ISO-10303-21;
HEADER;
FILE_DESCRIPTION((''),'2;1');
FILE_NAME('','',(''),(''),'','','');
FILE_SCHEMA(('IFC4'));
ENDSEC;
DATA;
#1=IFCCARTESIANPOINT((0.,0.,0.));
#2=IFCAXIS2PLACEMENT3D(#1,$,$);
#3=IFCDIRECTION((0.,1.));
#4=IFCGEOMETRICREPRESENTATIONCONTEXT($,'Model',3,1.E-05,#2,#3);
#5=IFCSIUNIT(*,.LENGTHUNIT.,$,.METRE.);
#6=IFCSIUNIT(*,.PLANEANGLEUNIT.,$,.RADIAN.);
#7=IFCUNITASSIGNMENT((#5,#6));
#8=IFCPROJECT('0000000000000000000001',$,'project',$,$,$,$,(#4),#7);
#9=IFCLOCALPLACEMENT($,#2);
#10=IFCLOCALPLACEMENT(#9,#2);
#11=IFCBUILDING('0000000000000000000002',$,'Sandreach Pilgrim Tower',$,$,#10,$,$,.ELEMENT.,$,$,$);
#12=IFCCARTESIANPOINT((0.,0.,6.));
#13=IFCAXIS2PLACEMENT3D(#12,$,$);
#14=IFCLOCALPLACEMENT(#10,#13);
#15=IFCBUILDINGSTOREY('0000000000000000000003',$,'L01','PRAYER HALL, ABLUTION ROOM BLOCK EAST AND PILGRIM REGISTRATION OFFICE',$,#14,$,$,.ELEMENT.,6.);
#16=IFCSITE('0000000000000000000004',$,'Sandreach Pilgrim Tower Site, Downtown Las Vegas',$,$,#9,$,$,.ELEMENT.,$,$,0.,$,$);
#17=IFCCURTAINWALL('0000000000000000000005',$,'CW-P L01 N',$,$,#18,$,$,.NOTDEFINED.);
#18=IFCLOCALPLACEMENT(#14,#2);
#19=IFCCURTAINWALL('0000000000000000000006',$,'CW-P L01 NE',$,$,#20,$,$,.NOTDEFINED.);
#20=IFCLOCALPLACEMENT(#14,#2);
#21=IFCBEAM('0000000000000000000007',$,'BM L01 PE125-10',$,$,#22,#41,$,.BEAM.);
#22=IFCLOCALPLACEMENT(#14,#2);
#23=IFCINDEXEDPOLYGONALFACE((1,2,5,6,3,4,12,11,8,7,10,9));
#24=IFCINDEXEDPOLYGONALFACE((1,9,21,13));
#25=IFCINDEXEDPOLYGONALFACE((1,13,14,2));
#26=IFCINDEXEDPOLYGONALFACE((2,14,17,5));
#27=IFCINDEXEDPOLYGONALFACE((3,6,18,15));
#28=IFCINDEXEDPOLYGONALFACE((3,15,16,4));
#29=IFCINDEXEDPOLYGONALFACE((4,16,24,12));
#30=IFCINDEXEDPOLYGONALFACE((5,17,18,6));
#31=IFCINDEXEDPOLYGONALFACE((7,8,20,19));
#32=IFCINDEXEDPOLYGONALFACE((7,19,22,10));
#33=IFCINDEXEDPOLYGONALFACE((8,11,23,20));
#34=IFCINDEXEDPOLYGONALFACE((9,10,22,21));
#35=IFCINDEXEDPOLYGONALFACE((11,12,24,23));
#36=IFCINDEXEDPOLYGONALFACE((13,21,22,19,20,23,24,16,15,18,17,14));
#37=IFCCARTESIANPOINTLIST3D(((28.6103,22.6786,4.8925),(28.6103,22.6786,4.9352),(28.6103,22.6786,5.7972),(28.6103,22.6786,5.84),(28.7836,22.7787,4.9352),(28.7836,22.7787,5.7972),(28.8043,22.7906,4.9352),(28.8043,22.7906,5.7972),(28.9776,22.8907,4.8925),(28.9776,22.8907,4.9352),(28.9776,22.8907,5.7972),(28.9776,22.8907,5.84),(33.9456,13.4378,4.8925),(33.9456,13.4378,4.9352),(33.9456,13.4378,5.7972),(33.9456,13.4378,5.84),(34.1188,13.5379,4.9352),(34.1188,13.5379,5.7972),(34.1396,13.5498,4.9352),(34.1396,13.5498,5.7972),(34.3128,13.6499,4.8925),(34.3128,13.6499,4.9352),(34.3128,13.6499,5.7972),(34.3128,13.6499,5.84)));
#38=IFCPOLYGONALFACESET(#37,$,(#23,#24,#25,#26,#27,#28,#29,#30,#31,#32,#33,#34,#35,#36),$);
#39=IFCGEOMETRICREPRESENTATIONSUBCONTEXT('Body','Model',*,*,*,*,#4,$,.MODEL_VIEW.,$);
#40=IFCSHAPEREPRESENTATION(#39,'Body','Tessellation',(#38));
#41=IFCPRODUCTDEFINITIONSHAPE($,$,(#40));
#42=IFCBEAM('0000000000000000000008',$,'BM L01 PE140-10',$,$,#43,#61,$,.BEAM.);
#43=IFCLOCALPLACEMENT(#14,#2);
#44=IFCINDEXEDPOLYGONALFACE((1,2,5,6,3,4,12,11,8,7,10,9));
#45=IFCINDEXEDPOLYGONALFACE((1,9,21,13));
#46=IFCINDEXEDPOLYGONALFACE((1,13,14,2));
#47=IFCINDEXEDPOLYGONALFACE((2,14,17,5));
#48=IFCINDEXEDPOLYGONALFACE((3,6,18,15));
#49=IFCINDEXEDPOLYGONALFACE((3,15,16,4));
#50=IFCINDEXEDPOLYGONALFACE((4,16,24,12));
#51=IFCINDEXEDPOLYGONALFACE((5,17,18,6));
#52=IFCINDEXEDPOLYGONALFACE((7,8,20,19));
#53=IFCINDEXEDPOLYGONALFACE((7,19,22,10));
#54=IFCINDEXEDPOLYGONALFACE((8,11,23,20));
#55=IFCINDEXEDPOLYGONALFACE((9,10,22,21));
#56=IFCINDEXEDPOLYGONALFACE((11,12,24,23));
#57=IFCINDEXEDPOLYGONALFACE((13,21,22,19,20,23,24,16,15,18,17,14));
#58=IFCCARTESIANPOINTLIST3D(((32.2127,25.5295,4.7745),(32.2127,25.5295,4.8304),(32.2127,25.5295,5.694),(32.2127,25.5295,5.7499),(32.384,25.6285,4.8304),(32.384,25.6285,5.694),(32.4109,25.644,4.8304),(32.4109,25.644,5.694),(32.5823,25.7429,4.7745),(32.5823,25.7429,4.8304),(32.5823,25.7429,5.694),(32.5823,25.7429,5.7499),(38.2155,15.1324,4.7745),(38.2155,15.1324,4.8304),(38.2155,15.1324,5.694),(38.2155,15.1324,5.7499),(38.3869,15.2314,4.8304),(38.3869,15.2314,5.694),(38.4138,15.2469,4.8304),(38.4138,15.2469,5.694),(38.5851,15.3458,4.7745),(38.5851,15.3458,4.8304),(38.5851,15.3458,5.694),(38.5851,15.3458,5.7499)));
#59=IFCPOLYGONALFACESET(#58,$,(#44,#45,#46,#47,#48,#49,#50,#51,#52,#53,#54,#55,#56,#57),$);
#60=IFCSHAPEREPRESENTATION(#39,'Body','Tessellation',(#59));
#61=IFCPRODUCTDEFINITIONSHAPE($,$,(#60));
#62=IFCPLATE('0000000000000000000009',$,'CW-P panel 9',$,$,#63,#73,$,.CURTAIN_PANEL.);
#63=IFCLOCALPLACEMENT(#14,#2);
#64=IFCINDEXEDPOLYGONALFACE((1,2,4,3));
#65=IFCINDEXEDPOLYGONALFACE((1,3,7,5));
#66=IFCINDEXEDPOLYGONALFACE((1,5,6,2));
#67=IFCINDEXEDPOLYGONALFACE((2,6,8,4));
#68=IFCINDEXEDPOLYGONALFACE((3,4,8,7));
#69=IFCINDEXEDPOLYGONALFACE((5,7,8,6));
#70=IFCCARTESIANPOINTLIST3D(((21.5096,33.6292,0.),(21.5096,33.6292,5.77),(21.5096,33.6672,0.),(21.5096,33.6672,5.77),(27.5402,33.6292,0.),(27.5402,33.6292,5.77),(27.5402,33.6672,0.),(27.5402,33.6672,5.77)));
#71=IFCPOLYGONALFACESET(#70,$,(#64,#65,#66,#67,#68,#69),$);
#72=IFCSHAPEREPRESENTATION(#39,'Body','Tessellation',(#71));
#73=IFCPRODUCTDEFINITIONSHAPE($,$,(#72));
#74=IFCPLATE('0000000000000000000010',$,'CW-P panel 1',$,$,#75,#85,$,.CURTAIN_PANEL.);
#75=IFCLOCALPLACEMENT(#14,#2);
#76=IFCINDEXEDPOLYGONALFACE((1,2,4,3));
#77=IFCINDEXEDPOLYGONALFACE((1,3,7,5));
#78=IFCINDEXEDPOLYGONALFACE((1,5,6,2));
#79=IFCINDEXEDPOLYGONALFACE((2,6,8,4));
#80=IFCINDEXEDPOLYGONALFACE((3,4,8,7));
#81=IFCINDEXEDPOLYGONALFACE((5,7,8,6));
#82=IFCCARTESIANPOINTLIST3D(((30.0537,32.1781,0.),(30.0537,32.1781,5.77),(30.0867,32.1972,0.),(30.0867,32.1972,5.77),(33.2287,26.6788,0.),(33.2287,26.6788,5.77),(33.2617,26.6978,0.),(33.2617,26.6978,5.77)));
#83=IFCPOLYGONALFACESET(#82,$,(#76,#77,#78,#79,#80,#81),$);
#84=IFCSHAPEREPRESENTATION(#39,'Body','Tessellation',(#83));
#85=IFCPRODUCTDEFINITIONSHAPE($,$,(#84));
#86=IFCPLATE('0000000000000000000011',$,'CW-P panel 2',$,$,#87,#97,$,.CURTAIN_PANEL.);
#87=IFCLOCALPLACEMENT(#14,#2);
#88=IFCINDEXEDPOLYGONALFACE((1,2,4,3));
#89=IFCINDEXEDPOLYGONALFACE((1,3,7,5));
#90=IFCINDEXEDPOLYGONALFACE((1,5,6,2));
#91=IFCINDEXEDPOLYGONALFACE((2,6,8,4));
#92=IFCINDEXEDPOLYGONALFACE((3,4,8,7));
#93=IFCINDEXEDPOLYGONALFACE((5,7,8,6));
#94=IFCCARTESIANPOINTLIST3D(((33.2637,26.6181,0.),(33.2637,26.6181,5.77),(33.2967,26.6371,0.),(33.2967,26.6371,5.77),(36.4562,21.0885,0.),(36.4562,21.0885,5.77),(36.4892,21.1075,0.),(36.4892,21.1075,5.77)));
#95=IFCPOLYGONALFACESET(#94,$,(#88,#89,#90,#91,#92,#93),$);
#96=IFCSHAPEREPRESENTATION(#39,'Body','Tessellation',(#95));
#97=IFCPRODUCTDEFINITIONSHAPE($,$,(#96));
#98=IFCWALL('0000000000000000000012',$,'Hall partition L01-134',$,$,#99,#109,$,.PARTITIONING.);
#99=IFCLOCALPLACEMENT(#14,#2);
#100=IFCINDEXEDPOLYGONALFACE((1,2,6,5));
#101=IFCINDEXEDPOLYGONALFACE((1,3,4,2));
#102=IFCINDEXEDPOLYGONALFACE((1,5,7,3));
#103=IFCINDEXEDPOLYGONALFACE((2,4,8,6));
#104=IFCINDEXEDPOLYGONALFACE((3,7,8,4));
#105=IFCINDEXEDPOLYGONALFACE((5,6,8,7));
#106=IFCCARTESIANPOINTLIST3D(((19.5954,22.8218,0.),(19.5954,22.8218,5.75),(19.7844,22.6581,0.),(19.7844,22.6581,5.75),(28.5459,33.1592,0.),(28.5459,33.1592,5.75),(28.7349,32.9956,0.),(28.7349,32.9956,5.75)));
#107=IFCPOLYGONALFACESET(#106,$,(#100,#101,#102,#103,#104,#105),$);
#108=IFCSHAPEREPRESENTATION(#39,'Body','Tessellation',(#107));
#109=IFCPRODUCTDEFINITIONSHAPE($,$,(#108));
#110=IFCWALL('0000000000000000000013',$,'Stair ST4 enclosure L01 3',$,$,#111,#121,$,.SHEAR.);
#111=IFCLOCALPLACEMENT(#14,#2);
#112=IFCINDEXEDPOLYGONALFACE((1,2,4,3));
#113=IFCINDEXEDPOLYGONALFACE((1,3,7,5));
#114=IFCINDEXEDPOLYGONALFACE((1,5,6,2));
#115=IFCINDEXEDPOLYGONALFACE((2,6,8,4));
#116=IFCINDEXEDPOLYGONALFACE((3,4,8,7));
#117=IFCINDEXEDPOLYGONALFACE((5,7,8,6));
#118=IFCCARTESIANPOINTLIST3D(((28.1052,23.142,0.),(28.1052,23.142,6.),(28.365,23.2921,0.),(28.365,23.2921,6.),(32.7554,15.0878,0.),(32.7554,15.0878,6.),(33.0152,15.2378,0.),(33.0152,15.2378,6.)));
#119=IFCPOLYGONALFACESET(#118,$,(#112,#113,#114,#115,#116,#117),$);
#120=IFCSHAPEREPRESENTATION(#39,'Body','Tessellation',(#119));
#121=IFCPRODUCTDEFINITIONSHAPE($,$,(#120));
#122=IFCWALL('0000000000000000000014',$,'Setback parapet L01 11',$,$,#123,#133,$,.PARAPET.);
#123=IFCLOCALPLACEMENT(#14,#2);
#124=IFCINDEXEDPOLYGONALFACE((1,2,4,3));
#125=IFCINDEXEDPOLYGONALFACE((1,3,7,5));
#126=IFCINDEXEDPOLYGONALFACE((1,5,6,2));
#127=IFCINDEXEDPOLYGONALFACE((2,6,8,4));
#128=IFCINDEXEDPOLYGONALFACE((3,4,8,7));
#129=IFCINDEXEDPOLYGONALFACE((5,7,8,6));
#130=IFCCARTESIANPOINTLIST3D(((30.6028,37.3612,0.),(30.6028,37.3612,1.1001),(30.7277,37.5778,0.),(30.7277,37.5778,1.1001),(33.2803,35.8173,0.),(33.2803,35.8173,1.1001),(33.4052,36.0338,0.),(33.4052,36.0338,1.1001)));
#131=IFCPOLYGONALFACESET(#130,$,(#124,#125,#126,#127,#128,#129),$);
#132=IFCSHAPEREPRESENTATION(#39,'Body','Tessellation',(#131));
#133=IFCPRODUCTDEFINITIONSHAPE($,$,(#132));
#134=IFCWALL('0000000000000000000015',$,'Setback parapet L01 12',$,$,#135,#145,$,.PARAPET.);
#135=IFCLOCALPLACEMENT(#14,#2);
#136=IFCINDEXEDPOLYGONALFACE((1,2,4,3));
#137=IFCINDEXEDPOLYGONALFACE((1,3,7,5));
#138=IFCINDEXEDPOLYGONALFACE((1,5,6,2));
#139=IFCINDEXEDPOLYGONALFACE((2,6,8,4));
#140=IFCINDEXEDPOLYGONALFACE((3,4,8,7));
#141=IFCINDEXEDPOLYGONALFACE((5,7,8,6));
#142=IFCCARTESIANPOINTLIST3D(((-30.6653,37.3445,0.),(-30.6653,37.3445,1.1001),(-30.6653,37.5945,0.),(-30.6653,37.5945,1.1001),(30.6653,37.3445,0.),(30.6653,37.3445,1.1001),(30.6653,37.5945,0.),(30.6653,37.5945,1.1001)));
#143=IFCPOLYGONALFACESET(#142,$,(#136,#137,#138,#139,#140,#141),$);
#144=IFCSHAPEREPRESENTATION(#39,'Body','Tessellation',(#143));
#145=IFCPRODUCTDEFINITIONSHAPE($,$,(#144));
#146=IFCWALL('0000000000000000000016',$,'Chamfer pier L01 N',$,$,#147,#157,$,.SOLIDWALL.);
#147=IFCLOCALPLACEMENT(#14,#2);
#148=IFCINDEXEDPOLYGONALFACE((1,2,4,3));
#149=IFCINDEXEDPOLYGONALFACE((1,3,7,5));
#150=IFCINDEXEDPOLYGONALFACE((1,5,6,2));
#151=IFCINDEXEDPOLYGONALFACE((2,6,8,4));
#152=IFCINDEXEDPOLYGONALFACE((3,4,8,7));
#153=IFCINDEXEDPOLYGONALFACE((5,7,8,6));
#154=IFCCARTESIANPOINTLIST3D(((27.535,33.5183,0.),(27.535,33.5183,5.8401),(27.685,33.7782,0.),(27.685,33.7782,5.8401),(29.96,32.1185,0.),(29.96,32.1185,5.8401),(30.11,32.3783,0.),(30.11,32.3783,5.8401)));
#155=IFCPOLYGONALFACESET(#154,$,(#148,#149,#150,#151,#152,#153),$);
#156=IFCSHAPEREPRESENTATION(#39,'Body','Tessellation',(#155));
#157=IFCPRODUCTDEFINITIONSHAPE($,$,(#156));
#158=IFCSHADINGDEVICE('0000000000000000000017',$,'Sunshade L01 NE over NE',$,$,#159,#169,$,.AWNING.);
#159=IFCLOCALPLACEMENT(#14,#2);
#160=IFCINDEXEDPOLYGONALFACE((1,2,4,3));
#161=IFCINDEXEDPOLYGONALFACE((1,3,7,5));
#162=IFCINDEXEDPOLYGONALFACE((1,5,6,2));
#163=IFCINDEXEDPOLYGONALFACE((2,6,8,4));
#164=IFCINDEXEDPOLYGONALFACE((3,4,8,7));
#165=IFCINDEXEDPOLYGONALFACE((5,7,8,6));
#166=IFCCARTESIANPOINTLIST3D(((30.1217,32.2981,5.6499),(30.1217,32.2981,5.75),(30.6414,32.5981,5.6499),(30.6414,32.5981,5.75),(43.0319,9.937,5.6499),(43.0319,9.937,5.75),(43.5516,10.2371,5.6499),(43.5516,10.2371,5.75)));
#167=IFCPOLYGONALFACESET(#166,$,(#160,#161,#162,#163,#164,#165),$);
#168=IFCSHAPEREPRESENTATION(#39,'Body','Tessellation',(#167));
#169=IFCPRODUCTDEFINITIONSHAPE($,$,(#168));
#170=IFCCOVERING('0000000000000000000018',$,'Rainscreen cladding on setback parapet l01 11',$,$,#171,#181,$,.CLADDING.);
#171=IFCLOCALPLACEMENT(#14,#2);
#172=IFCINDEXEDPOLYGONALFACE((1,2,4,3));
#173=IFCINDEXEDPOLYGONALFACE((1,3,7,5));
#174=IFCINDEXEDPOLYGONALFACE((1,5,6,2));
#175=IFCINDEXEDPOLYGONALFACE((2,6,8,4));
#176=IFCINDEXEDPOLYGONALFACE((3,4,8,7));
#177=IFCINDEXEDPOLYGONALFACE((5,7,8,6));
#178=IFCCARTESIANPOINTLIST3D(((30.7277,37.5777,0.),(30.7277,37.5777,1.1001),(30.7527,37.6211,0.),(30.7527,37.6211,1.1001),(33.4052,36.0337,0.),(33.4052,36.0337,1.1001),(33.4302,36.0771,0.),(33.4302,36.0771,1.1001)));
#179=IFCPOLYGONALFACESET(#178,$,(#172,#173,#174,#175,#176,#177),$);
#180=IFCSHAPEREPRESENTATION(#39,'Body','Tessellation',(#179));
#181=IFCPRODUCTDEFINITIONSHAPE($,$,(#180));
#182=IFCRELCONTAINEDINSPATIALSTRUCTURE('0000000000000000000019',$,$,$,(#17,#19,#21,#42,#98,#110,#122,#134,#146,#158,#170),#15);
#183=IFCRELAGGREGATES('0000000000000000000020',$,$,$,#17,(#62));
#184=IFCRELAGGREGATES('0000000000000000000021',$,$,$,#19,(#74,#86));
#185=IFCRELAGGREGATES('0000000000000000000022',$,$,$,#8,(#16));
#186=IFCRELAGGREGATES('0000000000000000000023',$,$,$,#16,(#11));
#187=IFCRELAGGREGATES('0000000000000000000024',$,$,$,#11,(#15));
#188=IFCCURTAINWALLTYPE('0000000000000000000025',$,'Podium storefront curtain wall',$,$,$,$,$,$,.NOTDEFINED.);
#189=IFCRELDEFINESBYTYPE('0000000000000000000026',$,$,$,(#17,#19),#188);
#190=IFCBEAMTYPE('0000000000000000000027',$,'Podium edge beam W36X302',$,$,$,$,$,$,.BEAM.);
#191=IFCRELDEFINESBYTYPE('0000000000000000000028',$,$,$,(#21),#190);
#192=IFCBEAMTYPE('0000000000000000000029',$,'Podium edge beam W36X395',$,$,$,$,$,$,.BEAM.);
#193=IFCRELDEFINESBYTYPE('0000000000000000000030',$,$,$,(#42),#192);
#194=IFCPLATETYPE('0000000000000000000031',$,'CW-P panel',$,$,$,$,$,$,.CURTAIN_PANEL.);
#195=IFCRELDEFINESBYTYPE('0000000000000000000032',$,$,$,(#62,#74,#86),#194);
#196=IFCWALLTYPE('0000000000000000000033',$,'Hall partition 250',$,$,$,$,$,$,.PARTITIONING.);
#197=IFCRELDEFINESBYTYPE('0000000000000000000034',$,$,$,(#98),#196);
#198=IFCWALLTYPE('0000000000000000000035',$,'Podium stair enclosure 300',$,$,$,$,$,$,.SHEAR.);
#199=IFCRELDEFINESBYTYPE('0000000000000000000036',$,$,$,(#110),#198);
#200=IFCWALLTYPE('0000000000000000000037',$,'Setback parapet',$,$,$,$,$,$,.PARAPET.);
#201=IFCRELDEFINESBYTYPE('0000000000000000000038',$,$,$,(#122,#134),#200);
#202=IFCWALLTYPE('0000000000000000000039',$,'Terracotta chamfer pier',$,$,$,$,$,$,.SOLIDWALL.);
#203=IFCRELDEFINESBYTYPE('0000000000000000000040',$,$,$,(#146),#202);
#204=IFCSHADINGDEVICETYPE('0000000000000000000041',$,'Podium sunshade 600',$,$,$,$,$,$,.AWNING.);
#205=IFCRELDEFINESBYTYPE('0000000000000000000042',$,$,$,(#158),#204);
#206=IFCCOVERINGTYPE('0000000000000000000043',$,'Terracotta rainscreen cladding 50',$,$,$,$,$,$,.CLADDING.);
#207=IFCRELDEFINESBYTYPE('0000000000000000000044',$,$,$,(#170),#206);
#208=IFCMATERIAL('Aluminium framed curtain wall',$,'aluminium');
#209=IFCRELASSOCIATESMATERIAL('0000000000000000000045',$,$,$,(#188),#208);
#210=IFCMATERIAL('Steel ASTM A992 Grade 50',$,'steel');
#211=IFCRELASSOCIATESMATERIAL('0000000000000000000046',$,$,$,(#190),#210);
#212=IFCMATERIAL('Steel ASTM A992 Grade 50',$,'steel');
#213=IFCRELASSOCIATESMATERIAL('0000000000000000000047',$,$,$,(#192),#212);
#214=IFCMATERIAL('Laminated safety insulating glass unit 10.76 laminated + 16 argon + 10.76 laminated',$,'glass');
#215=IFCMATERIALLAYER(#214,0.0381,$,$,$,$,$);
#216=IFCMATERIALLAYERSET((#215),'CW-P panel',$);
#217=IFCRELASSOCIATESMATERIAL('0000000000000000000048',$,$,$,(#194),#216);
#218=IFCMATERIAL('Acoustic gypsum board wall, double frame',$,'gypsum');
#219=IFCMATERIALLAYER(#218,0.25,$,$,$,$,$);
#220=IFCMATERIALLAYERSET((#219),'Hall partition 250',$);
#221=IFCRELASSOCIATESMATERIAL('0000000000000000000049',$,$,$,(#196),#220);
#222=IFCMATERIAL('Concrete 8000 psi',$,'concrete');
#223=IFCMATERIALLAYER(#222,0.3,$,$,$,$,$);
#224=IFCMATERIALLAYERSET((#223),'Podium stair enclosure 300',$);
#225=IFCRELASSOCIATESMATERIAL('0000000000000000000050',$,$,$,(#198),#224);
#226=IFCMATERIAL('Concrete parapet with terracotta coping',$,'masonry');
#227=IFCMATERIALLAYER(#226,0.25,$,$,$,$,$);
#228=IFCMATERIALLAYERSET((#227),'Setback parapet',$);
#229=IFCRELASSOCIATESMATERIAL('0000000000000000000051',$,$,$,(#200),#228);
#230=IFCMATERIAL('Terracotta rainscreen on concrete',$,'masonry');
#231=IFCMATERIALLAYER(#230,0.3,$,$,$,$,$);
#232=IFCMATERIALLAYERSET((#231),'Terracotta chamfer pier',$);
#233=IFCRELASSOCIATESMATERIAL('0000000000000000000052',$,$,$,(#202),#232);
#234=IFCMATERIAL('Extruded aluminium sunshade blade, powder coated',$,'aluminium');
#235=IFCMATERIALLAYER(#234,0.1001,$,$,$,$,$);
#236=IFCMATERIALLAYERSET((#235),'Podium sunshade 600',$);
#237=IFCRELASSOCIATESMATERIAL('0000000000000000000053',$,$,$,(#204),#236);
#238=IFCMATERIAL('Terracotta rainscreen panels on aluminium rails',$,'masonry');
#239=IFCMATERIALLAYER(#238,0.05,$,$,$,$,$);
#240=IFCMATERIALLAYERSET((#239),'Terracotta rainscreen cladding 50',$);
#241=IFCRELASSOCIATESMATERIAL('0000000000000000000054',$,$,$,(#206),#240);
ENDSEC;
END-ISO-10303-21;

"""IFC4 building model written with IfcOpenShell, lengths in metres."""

from ifc_helpers import new_model, si_unit, direction, frame, frame_2d, origin, origin_2d, place, context, subcontext, project, spatial, rectangle, i_section, extrude, material, layer, layer_set, material_profile, profile_set, type_object, element, aggregate, save


model = new_model("IFC4")

# Units and contexts
model_context = context("Model", 3, precision=1e-05, world=origin(), true_north=direction((0.0, 1.0)))
body_context = subcontext(model_context, "Body", "Model", "MODEL_VIEW")
ifc_project = project(units=[si_unit("LENGTHUNIT", "METRE"), si_unit("PLANEANGLEUNIT", "RADIAN")], contexts=[model_context])

# Site, building, storey
site_placement = place(None, origin())
site = spatial("IfcSite", under=ifc_project, at=site_placement, Name="Sandreach Pilgrim Tower Site, Downtown Las Vegas", CompositionType="ELEMENT", RefElevation=0.0)
building_placement = place(site_placement, origin())
building = spatial("IfcBuilding", under=site, at=building_placement, Name="Sandreach Pilgrim Tower", CompositionType="ELEMENT")
storey_placement = place(building_placement, frame((0.0, 0.0, 6.0)))
storey = spatial("IfcBuildingStorey", under=building, at=storey_placement, Name="L01", Description="PRAYER HALL, ABLUTION ROOM BLOCK EAST AND PILGRIM REGISTRATION OFFICE", CompositionType="ELEMENT", Elevation=6.0)

# Curtain wall
ifc_material_1 = material(Name="Aluminium framed curtain wall", Category="aluminium")
curtain_wall_type = type_object("IfcCurtainWallType", Name="Podium storefront curtain wall", PredefinedType="NOTDEFINED", material=ifc_material_1)
curtain_wall_1_placement = place(storey_placement, origin())
curtain_wall_1 = element("IfcCurtainWall", 1, at=curtain_wall_1_placement, inside=storey, type_object=curtain_wall_type, Name="CW-P L01 N", PredefinedType="NOTDEFINED")

# Curtain wall
curtain_wall_2_placement = place(storey_placement, origin())
curtain_wall_2 = element("IfcCurtainWall", 2, at=curtain_wall_2_placement, inside=storey, type_object=curtain_wall_type, Name="CW-P L01 NE", PredefinedType="NOTDEFINED")

# Beams
ifc_material_2 = material(Name="Steel ASTM A992 Grade 50", Category="steel")
ifc_material_profile_1 = material_profile(ifc_material_2, i_section(OverallWidth=0.4241, OverallDepth=0.9475, WebThickness=0.0239, FlangeThickness=0.0427, at=origin_2d()), Name="W36X302")
ifc_profile_set_1 = profile_set([ifc_material_profile_1], Name="Steel ASTM A992 Grade 50")
beam_type_1 = type_object("IfcBeamType", Name="Podium edge beam W36X302", PredefinedType="BEAM", material=ifc_profile_set_1)
beam_1_placement = place(storey_placement, frame((28.7939, 22.7847, 5.3662), z_axis=(0.500005, -0.866023, 0.0), x_axis=(0.866023, 0.500005, 0.0)))
element("IfcBeam", 3, at=beam_1_placement, inside=storey, type_object=beam_type_1, Name="BM L01 PE125-10", PredefinedType="BEAM", context=body_context, shape_type="SweptSolid", body=[
    extrude(i_section(OverallWidth=0.4241, OverallDepth=0.9475, WebThickness=0.0239, FlangeThickness=0.0427, at=origin_2d()), origin(), (0.0, 0.0, 1.0), 10.6704),
])
ifc_material_3 = material(Name="Steel ASTM A992 Grade 50", Category="steel")
ifc_material_profile_2 = material_profile(ifc_material_3, i_section(OverallWidth=0.4268, OverallDepth=0.9753, WebThickness=0.031, FlangeThickness=0.0559, at=origin_2d()), Name="W36X395")
ifc_profile_set_2 = profile_set([ifc_material_profile_2], Name="Steel ASTM A992 Grade 50")
beam_type_2 = type_object("IfcBeamType", Name="Podium edge beam W36X395", PredefinedType="BEAM", material=ifc_profile_set_2)
beam_2_placement = place(storey_placement, frame((32.3975, 25.6362, 5.2622), z_axis=(0.500006, -0.866022, 0.0), x_axis=(0.866022, 0.500006, 0.0)))
element("IfcBeam", 4, at=beam_2_placement, inside=storey, type_object=beam_type_2, Name="BM L01 PE140-10", PredefinedType="BEAM", context=body_context, shape_type="SweptSolid", body=[
    extrude(i_section(OverallWidth=0.4268, OverallDepth=0.9753, WebThickness=0.031, FlangeThickness=0.0559, at=origin_2d()), origin(), (0.0, 0.0, 1.0), 12.0056),
])

# Plates
ifc_material_4 = material(Name="Laminated safety insulating glass unit 10.76 laminated + 16 argon + 10.76 laminated", Category="glass")
ifc_layer_1 = layer(ifc_material_4, 0.0381)
ifc_layer_set_1 = layer_set([ifc_layer_1], Name="CW-P panel")
plate_type = type_object("IfcPlateType", Name="CW-P panel", PredefinedType="CURTAIN_PANEL", material=ifc_layer_set_1)
plate_1_placement = place(storey_placement, frame((24.5249, 33.6482, 0.0), z_axis=(0.0, 0.0, 1.0), x_axis=(1.0, 0.0, 0.0)))
plate_1 = element("IfcPlate", 5, at=plate_1_placement, type_object=plate_type, Name="CW-P panel 9", PredefinedType="CURTAIN_PANEL", context=body_context, shape_type="SweptSolid", body=[
    extrude(rectangle(XDim=6.0305, YDim=0.0381, at=origin_2d()), origin(), (0.0, 0.0, 1.0), 5.77),
])
aggregate(curtain_wall_1, [plate_1])
plate_2_placement = place(storey_placement, frame((31.6577, 29.438, 0.0), z_axis=(0.0, 0.0, 1.0), x_axis=(0.5, -0.866025, 0.0)))
plate_2 = element("IfcPlate", 6, at=plate_2_placement, type_object=plate_type, Name="CW-P panel 1", PredefinedType="CURTAIN_PANEL", context=body_context, shape_type="SweptSolid", body=[
    extrude(rectangle(XDim=6.3501, YDim=0.0381, at=origin_2d()), origin(), (0.0, 0.0, 1.0), 5.77),
])
plate_3_placement = place(storey_placement, frame((34.8765, 23.8628, 0.0), z_axis=(0.0, 0.0, 1.0), x_axis=(0.5, -0.866025, 0.0)))
plate_3 = element("IfcPlate", 7, at=plate_3_placement, type_object=plate_type, Name="CW-P panel 2", PredefinedType="CURTAIN_PANEL", context=body_context, shape_type="SweptSolid", body=[
    extrude(rectangle(XDim=6.385, YDim=0.0381, at=origin_2d()), origin(), (0.0, 0.0, 1.0), 5.77),
])
aggregate(curtain_wall_2, [plate_2, plate_3])

# Walls
ifc_material_5 = material(Name="Acoustic gypsum board wall, double frame", Category="gypsum")
ifc_layer_2 = layer(ifc_material_5, 0.25)
ifc_layer_set_2 = layer_set([ifc_layer_2], Name="Hall partition 250")
wall_type_1 = type_object("IfcWallType", Name="Hall partition 250", PredefinedType="PARTITIONING", material=ifc_layer_set_2)
wall_1_placement = place(storey_placement, frame((28.6404, 33.0774, 0.0), z_axis=(0.0, 0.0, 1.0), x_axis=(-0.65457, -0.756002, 0.0)))
element("IfcWall", 8, at=wall_1_placement, inside=storey, type_object=wall_type_1, Name="Hall partition L01-134", PredefinedType="PARTITIONING", context=body_context, shape_type="SweptSolid", body=[
    extrude(rectangle(XDim=13.6738, YDim=0.25, at=frame_2d((6.8369, 0.0))), origin(), (0.0, 0.0, 1.0), 5.75),
])
ifc_material_6 = material(Name="Concrete 8000 psi", Category="concrete")
ifc_layer_3 = layer(ifc_material_6, 0.3)
ifc_layer_set_3 = layer_set([ifc_layer_3], Name="Podium stair enclosure 300")
wall_type_2 = type_object("IfcWallType", Name="Podium stair enclosure 300", PredefinedType="SHEAR", material=ifc_layer_set_3)
wall_2_placement = place(storey_placement, frame((28.2351, 23.217, 0.0), z_axis=(0.0, 0.0, 1.0), x_axis=(0.500004, -0.866023, 0.0)))
element("IfcWall", 9, at=wall_2_placement, inside=storey, type_object=wall_type_2, Name="Stair ST4 enclosure L01 3", PredefinedType="SHEAR", context=body_context, shape_type="SweptSolid", body=[
    extrude(rectangle(XDim=9.3003, YDim=0.3, at=frame_2d((4.6501, 0.0))), origin(), (0.0, 0.0, 1.0), 6.0),
])
ifc_material_7 = material(Name="Concrete parapet with terracotta coping", Category="masonry")
ifc_layer_4 = layer(ifc_material_7, 0.25)
ifc_layer_set_4 = layer_set([ifc_layer_4], Name="Setback parapet")
wall_type_3 = type_object("IfcWallType", Name="Setback parapet", PredefinedType="PARAPET", material=ifc_layer_set_4)
wall_3_placement = place(storey_placement, frame((33.3428, 35.9255, 0.0), z_axis=(0.0, 0.0, 1.0), x_axis=(-0.866292, 0.499538, 0.0)))
element("IfcWall", 10, at=wall_3_placement, inside=storey, type_object=wall_type_3, Name="Setback parapet L01 11", PredefinedType="PARAPET", context=body_context, shape_type="SweptSolid", body=[
    extrude(rectangle(XDim=3.0908, YDim=0.25, at=frame_2d((1.5454, 0.0))), origin(), (0.0, 0.0, 1.0), 1.1001),
])
wall_4_placement = place(storey_placement, frame((30.6653, 37.4695, 0.0), z_axis=(0.0, 0.0, 1.0), x_axis=(-1.0, 0.0, 0.0)))
element("IfcWall", 11, at=wall_4_placement, inside=storey, type_object=wall_type_3, Name="Setback parapet L01 12", PredefinedType="PARAPET", context=body_context, shape_type="SweptSolid", body=[
    extrude(rectangle(XDim=61.3306, YDim=0.25, at=frame_2d((30.6653, 0.0))), origin(), (0.0, 0.0, 1.0), 1.1001),
])
ifc_material_8 = material(Name="Terracotta rainscreen on concrete", Category="masonry")
ifc_layer_5 = layer(ifc_material_8, 0.3)
ifc_layer_set_5 = layer_set([ifc_layer_5], Name="Terracotta chamfer pier")
wall_type_4 = type_object("IfcWallType", Name="Terracotta chamfer pier", PredefinedType="SOLIDWALL", material=ifc_layer_set_5)
wall_5_placement = place(storey_placement, frame((27.6101, 33.6482, 0.0), z_axis=(0.0, 0.0, 1.0), x_axis=(0.866056, -0.499946, 0.0)))
element("IfcWall", 12, at=wall_5_placement, inside=storey, type_object=wall_type_4, Name="Chamfer pier L01 N", PredefinedType="SOLIDWALL", context=body_context, shape_type="SweptSolid", body=[
    extrude(rectangle(XDim=2.8, YDim=0.3, at=frame_2d((1.3999, 0.0))), origin(), (0.0, 0.0, 1.0), 5.8401),
])

# Shading device
ifc_material_9 = material(Name="Extruded aluminium sunshade blade, powder coated", Category="aluminium")
ifc_layer_6 = layer(ifc_material_9, 0.1001)
ifc_layer_set_6 = layer_set([ifc_layer_6], Name="Podium sunshade 600")
shading_device_type = type_object("IfcShadingDeviceType", Name="Podium sunshade 600", PredefinedType="AWNING", material=ifc_layer_set_6)
shading_device_placement = place(storey_placement, frame((36.8367, 21.2676, 5.6499), z_axis=(0.0, 0.0, 1.0), x_axis=(0.5, -0.866025, 0.0)))
element("IfcShadingDevice", 13, at=shading_device_placement, inside=storey, type_object=shading_device_type, Name="Sunshade L01 NE over NE", PredefinedType="AWNING", context=body_context, shape_type="SweptSolid", body=[
    extrude(rectangle(XDim=25.8203, YDim=0.6001, at=origin_2d()), origin(), (0.0, 0.0, 1.0), 0.1001),
])

# Covering
ifc_material_10 = material(Name="Terracotta rainscreen panels on aluminium rails", Category="masonry")
ifc_layer_7 = layer(ifc_material_10, 0.05)
ifc_layer_set_7 = layer_set([ifc_layer_7], Name="Terracotta rainscreen cladding 50")
covering_type = type_object("IfcCoveringType", Name="Terracotta rainscreen cladding 50", PredefinedType="CLADDING", material=ifc_layer_set_7)
covering_1_placement = place(storey_placement, frame((33.4177, 36.0554, 0.0), z_axis=(0.0, 0.0, 1.0), x_axis=(-0.866292, 0.499538, 0.0)))
element("IfcCovering", 14, at=covering_1_placement, inside=storey, type_object=covering_type, Name="Rainscreen cladding on setback parapet l01 11", PredefinedType="CLADDING", context=body_context, shape_type="SweptSolid", body=[
    extrude(rectangle(XDim=3.0908, YDim=0.05, at=frame_2d((1.5454, 0.0))), origin(), (0.0, 0.0, 1.0), 1.1001),
])

save(model, "model.ifc")
